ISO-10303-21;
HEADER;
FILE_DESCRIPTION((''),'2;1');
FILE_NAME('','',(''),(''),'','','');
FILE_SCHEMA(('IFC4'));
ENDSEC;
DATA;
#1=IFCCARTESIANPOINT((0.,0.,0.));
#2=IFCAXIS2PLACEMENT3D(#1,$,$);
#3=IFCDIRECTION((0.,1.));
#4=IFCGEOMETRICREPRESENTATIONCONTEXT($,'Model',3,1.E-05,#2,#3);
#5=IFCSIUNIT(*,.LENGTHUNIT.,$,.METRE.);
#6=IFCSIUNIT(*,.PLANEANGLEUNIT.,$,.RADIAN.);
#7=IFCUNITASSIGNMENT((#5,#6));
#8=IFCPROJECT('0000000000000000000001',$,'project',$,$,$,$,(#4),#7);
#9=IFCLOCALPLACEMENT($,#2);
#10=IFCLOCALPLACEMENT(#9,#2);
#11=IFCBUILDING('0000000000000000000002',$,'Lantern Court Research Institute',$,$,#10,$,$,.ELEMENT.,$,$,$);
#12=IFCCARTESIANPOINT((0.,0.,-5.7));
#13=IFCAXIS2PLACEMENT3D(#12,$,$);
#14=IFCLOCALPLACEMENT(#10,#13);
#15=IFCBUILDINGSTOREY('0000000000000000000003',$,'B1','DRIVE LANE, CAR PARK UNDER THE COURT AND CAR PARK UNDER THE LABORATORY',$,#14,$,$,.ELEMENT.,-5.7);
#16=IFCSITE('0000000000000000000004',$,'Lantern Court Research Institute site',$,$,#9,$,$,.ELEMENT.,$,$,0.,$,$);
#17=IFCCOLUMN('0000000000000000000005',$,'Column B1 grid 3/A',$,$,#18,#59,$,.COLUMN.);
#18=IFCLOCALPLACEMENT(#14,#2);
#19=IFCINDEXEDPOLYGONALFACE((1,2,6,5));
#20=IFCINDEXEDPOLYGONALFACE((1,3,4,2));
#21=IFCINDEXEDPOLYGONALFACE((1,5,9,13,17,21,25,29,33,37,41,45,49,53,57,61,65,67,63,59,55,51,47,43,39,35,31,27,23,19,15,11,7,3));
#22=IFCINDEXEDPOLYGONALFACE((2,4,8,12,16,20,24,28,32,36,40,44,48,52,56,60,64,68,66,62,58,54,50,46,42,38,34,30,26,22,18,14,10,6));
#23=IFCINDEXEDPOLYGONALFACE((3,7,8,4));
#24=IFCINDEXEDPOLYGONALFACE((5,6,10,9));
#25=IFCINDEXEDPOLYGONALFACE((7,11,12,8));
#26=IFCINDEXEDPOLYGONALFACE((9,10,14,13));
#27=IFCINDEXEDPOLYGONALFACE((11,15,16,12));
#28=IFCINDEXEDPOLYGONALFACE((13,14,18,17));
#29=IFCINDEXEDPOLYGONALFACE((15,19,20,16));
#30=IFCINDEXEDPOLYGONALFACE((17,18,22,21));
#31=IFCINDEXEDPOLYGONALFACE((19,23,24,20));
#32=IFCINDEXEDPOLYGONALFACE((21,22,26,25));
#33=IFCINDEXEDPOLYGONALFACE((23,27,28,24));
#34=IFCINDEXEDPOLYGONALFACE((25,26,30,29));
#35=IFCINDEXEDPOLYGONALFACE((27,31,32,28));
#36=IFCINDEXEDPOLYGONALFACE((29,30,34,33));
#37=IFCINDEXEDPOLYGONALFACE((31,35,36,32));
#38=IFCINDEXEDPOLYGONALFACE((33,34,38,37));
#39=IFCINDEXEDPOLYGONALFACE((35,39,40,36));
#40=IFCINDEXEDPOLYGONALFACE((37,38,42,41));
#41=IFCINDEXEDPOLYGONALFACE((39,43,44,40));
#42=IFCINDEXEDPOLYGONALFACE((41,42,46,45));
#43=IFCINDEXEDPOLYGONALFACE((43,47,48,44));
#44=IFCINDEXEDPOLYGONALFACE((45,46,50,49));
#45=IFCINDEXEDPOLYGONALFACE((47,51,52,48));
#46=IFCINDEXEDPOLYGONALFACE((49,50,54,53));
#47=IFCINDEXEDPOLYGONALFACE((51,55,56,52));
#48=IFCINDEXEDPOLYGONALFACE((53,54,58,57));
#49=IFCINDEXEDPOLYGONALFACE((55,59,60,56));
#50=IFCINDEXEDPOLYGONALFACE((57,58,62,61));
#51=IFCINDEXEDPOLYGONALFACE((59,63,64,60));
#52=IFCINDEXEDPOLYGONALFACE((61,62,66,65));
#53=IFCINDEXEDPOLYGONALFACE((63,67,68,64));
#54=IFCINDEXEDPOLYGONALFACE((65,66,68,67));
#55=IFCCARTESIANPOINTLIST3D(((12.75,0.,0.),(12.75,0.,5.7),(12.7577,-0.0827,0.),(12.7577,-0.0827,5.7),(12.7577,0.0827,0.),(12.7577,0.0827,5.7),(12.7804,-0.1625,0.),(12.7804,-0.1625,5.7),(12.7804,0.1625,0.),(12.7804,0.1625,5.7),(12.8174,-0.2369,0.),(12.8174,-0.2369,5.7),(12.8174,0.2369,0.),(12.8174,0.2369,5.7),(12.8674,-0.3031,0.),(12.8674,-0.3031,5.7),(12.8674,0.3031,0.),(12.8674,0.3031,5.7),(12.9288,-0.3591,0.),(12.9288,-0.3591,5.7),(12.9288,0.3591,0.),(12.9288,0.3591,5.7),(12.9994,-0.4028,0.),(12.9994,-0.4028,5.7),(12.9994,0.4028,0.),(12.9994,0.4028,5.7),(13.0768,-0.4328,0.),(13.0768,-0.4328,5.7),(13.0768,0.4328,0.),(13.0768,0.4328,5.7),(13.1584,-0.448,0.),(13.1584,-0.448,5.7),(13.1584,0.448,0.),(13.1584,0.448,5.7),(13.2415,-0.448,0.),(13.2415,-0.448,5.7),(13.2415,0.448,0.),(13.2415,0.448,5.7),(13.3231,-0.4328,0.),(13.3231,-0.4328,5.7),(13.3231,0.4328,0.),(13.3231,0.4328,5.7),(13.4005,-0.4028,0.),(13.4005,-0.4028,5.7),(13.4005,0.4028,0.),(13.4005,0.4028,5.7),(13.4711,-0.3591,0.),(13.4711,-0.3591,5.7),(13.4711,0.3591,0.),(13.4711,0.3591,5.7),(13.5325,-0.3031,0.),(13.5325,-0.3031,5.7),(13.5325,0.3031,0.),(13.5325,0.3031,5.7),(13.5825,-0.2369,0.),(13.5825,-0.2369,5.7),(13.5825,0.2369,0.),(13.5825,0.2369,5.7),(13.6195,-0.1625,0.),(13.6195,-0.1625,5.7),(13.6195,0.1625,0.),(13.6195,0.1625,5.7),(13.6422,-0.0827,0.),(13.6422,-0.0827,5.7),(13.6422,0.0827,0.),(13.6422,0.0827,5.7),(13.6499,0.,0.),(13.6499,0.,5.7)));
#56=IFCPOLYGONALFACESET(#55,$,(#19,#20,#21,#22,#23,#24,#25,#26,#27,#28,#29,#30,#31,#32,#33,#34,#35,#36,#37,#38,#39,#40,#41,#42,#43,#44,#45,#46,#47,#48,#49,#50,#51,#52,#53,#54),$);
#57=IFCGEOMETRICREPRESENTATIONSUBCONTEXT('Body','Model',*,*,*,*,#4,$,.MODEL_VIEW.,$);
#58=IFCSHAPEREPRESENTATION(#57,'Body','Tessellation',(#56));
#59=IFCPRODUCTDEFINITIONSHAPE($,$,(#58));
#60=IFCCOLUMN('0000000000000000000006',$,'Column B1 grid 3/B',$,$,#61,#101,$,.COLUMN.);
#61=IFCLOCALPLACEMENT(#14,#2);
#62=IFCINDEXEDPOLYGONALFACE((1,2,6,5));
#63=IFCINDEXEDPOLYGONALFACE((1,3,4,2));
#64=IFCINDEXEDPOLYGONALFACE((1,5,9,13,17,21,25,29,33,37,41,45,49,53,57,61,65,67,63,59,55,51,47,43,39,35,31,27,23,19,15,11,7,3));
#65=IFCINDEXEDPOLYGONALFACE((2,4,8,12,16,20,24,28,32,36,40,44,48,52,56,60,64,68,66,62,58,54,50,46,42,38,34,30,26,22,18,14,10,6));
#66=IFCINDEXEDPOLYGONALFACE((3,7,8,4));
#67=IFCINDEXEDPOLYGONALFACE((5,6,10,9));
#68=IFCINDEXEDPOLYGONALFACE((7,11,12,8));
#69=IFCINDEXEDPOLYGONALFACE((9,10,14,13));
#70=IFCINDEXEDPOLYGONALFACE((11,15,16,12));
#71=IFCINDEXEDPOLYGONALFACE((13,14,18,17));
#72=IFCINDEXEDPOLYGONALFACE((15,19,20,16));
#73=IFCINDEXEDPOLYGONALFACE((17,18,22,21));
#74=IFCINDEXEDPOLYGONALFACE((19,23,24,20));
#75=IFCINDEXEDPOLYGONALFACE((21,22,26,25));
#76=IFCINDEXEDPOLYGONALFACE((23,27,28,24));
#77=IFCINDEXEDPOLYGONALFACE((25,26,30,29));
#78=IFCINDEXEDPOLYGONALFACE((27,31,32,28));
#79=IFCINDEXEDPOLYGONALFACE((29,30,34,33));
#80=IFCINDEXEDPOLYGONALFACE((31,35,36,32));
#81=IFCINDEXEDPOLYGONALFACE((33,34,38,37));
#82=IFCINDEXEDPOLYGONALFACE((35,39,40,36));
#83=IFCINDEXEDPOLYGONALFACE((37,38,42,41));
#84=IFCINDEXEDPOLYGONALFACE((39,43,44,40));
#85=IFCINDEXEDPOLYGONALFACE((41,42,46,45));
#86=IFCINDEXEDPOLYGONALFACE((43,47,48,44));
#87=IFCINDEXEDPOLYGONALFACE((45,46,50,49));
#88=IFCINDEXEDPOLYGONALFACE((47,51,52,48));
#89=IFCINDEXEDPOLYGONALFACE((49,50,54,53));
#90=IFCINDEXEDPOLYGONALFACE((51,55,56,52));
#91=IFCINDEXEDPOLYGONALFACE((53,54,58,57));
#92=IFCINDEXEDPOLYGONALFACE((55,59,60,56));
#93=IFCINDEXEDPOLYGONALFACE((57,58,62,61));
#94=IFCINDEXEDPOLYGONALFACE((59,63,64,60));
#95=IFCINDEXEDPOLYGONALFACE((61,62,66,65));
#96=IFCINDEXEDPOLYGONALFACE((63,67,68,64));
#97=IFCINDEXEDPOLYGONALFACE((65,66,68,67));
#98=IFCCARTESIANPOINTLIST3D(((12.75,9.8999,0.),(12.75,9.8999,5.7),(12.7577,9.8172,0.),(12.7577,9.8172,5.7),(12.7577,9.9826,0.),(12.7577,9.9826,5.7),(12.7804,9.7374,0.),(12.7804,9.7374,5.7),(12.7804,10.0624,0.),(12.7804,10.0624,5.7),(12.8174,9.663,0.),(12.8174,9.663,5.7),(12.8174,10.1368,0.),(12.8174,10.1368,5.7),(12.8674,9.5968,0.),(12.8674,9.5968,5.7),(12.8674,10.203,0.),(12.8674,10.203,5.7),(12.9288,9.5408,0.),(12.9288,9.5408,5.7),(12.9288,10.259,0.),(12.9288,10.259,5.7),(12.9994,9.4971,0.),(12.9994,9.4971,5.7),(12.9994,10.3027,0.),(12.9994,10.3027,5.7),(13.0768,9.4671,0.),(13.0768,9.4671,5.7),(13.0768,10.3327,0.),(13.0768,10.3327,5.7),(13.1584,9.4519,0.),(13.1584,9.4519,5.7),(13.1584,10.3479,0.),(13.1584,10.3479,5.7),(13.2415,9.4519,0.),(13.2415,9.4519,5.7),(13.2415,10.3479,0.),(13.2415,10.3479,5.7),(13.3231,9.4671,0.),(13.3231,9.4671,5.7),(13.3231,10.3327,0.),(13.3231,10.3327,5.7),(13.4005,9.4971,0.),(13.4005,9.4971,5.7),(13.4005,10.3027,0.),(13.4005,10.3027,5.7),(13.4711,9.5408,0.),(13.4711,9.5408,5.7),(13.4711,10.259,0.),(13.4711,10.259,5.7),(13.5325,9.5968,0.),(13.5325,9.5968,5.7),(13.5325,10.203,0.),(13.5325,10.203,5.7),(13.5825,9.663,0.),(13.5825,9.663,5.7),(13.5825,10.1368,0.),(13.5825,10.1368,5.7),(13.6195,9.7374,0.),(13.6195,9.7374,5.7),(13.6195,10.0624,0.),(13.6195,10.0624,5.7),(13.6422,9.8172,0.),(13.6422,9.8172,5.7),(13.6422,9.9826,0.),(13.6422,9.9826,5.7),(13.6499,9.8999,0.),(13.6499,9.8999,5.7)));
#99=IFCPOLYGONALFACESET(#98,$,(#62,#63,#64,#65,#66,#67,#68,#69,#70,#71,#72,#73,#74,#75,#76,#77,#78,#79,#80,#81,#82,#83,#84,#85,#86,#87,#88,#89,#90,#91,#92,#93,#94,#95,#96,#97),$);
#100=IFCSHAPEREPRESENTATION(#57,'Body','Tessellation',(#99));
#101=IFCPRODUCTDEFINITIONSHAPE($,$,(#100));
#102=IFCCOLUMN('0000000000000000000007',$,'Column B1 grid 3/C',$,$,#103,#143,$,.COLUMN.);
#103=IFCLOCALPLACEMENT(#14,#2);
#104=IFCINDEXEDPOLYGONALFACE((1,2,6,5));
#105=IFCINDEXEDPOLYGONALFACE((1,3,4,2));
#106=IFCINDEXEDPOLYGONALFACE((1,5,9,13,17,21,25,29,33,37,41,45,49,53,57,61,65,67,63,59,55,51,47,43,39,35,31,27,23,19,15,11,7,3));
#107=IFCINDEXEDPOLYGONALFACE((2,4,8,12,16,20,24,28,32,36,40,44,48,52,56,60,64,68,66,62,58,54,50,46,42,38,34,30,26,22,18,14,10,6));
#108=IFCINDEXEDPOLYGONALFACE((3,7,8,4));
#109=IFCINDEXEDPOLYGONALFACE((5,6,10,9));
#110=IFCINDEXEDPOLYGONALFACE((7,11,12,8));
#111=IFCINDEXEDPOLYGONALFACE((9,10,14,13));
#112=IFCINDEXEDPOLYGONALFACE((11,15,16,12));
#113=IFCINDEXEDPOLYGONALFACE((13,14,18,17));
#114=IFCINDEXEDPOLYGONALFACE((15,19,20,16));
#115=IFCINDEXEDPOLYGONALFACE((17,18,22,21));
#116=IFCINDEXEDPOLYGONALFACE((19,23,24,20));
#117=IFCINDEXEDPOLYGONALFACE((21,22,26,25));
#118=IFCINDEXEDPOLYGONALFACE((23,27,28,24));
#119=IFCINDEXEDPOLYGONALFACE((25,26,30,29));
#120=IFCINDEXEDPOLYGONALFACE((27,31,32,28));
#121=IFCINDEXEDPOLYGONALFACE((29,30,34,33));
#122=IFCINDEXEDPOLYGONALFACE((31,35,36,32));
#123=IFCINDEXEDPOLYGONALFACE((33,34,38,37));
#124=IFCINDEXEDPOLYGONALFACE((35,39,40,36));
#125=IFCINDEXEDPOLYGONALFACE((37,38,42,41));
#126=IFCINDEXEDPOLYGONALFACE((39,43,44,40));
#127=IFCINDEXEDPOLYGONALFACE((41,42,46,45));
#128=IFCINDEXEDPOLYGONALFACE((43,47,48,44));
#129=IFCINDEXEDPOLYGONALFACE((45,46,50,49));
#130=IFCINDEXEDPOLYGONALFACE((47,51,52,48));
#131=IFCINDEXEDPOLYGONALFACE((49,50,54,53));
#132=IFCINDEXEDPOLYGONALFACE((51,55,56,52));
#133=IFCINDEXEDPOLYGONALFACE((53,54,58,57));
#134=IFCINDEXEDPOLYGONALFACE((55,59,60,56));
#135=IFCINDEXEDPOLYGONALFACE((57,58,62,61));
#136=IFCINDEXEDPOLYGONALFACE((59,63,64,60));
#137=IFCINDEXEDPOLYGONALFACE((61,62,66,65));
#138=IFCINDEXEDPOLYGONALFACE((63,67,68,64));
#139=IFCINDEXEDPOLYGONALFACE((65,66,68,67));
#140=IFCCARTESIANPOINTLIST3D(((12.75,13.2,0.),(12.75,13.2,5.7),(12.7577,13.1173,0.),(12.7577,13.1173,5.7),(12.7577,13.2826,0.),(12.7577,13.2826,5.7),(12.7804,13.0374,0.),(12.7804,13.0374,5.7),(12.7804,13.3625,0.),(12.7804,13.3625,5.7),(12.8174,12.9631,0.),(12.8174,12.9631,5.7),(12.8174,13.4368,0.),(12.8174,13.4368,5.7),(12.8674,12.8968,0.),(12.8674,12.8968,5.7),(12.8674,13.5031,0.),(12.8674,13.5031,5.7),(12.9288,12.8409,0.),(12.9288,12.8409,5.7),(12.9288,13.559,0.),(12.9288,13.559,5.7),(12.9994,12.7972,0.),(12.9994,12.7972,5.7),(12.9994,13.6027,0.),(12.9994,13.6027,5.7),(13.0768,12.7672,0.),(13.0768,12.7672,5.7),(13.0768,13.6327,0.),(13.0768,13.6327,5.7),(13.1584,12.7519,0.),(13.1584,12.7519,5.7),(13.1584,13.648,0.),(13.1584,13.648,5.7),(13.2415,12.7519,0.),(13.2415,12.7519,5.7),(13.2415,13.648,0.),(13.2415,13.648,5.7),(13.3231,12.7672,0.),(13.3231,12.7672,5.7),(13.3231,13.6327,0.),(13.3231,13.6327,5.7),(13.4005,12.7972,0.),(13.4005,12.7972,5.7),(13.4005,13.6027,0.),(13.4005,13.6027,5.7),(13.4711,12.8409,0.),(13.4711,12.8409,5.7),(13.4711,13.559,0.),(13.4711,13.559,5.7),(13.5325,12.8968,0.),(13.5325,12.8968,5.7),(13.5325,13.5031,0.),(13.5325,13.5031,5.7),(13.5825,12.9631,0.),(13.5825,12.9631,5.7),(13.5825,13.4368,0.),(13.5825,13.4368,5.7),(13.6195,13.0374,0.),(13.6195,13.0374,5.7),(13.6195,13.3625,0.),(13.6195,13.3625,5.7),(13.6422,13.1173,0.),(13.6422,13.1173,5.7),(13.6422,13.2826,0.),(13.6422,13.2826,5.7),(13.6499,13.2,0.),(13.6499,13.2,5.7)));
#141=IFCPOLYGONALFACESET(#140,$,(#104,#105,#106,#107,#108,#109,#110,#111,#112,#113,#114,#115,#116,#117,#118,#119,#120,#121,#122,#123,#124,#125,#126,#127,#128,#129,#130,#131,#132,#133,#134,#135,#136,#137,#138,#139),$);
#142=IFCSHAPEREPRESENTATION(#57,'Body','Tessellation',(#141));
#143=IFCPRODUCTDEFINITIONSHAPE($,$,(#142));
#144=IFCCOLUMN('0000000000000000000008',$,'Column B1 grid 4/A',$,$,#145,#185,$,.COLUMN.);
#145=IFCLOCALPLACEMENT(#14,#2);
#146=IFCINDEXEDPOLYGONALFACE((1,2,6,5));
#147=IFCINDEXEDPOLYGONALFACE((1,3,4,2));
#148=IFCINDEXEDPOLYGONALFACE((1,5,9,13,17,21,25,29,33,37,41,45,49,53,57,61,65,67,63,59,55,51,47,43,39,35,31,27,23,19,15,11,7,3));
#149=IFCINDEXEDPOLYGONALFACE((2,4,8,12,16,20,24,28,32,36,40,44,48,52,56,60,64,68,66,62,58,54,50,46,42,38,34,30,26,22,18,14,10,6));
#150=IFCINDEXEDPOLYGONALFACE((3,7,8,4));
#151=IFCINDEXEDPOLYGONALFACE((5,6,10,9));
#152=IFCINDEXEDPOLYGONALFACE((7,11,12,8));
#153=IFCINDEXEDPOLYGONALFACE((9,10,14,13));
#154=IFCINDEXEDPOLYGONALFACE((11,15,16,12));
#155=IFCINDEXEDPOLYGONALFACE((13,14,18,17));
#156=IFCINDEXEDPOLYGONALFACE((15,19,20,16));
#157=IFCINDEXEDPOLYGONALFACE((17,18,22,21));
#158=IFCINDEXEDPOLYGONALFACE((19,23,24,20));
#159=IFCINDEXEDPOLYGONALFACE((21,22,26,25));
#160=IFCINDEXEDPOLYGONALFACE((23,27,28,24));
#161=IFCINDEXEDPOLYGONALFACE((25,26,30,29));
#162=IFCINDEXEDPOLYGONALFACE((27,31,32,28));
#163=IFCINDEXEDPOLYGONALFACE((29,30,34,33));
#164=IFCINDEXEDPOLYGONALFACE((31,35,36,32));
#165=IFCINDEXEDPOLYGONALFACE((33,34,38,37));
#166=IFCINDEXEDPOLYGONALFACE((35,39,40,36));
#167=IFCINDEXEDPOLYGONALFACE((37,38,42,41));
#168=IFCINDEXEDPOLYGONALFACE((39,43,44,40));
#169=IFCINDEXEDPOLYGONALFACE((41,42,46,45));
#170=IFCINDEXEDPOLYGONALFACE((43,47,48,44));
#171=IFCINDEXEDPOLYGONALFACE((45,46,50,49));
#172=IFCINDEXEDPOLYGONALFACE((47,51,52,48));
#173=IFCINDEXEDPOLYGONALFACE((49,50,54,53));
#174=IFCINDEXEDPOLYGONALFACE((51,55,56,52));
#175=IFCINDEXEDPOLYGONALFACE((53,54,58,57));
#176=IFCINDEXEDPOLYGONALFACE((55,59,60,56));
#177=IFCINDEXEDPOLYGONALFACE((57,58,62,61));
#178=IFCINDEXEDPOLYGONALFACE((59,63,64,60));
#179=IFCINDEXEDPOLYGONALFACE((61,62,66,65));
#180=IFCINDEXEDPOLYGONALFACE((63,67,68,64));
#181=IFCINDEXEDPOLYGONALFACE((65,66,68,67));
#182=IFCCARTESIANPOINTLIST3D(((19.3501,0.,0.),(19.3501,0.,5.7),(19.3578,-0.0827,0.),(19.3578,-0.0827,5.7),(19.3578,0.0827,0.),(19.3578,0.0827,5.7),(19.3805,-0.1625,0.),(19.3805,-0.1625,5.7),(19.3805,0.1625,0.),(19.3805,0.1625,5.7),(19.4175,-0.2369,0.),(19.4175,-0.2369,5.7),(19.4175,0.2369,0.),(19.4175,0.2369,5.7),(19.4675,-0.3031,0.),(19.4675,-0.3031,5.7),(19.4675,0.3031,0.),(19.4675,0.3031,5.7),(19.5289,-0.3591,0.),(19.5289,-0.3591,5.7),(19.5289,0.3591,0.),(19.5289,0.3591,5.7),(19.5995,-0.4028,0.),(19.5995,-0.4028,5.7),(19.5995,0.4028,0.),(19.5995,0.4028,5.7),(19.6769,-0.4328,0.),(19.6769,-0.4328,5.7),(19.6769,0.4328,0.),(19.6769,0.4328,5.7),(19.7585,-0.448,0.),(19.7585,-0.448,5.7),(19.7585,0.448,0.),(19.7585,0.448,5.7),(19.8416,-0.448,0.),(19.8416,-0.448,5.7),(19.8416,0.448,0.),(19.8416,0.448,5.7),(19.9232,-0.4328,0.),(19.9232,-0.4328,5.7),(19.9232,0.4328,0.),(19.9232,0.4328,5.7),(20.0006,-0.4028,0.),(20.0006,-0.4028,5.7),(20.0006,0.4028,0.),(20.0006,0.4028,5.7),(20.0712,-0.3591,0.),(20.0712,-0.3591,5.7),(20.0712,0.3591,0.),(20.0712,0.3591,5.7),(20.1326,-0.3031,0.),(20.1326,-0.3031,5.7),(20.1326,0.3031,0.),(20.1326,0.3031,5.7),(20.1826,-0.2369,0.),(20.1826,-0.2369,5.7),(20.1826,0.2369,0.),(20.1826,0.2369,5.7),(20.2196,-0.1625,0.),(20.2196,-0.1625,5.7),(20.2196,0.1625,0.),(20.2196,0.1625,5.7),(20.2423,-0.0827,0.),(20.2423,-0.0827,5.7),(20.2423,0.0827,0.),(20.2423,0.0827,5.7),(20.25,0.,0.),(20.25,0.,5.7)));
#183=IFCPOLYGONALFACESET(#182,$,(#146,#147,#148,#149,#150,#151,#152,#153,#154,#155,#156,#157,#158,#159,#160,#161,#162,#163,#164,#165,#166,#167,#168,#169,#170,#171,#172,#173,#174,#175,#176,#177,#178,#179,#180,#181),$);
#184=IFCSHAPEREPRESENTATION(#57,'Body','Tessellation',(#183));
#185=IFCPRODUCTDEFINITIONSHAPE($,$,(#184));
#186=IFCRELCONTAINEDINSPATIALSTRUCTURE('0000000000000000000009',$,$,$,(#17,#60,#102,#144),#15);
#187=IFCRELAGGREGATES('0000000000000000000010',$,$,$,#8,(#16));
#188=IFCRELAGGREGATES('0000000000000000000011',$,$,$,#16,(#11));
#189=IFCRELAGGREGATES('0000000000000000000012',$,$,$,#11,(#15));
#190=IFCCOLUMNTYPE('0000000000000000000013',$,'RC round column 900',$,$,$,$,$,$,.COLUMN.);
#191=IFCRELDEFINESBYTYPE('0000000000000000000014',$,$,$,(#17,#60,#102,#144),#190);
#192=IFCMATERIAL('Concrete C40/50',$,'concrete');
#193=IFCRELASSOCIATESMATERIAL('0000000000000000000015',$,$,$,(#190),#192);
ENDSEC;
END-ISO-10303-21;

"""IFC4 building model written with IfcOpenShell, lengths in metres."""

from ifc_helpers import new_model, si_unit, direction, frame, origin, origin_2d, place, context, subcontext, project, spatial, circle, extrude, material, material_profile, profile_set, type_object, element, save


model = new_model("IFC4")

# Units and contexts
model_context = context("Model", 3, precision=1e-05, world=origin(), true_north=direction((0.0, 1.0)))
body_context = subcontext(model_context, "Body", "Model", "MODEL_VIEW")
ifc_project = project(units=[si_unit("LENGTHUNIT", "METRE"), si_unit("PLANEANGLEUNIT", "RADIAN")], contexts=[model_context])

# Site, building, storey
site_placement = place(None, origin())
site = spatial("IfcSite", under=ifc_project, at=site_placement, Name="Lantern Court Research Institute site", CompositionType="ELEMENT", RefElevation=0.0)
building_placement = place(site_placement, origin())
building = spatial("IfcBuilding", under=site, at=building_placement, Name="Lantern Court Research Institute", CompositionType="ELEMENT")
storey_placement = place(building_placement, frame((0.0, 0.0, -5.7)))
storey = spatial("IfcBuildingStorey", under=building, at=storey_placement, Name="B1", Description="DRIVE LANE, CAR PARK UNDER THE COURT AND CAR PARK UNDER THE LABORATORY", CompositionType="ELEMENT", Elevation=-5.7)

# Columns
ifc_material_1 = material(Name="Concrete C40/50", Category="concrete")
ifc_material_profile_1 = material_profile(ifc_material_1, circle(Radius=0.45, at=origin_2d()), Name="RC round column 900")
ifc_profile_set_1 = profile_set([ifc_material_profile_1], Name="Concrete C40/50")
column_type = type_object("IfcColumnType", Name="RC round column 900", PredefinedType="COLUMN", material=ifc_profile_set_1)
for number, where, z_axis, x_axis, name in (
    (1, (13.2, 0.0, 0.0), (0.0, 0.0, 1.0), (1.0, 0.0, 0.0), "Column B1 grid 3/A"),
    (2, (13.2, 9.8999, 0.0), (0.0, 0.0, 1.0), (1.0, 0.0, 0.0), "Column B1 grid 3/B"),
    (3, (13.2, 13.2, 0.0), (0.0, 0.0, 1.0), (1.0, 0.0, 0.0), "Column B1 grid 3/C"),
    (4, (19.8, 0.0, 0.0), (0.0, 0.0, 1.0), (1.0, 0.0, 0.0), "Column B1 grid 4/A"),
):
    element("IfcColumn", number, at=place(storey_placement, frame(where, z_axis=z_axis, x_axis=x_axis)), inside=storey, type_object=column_type, Name=name, PredefinedType="COLUMN", context=body_context, shape_type="SweptSolid", body=[
        extrude(circle(Radius=0.45, at=origin_2d()), origin(), (0.0, 0.0, 1.0), 5.7),
    ])

save(model, "model.ifc")
